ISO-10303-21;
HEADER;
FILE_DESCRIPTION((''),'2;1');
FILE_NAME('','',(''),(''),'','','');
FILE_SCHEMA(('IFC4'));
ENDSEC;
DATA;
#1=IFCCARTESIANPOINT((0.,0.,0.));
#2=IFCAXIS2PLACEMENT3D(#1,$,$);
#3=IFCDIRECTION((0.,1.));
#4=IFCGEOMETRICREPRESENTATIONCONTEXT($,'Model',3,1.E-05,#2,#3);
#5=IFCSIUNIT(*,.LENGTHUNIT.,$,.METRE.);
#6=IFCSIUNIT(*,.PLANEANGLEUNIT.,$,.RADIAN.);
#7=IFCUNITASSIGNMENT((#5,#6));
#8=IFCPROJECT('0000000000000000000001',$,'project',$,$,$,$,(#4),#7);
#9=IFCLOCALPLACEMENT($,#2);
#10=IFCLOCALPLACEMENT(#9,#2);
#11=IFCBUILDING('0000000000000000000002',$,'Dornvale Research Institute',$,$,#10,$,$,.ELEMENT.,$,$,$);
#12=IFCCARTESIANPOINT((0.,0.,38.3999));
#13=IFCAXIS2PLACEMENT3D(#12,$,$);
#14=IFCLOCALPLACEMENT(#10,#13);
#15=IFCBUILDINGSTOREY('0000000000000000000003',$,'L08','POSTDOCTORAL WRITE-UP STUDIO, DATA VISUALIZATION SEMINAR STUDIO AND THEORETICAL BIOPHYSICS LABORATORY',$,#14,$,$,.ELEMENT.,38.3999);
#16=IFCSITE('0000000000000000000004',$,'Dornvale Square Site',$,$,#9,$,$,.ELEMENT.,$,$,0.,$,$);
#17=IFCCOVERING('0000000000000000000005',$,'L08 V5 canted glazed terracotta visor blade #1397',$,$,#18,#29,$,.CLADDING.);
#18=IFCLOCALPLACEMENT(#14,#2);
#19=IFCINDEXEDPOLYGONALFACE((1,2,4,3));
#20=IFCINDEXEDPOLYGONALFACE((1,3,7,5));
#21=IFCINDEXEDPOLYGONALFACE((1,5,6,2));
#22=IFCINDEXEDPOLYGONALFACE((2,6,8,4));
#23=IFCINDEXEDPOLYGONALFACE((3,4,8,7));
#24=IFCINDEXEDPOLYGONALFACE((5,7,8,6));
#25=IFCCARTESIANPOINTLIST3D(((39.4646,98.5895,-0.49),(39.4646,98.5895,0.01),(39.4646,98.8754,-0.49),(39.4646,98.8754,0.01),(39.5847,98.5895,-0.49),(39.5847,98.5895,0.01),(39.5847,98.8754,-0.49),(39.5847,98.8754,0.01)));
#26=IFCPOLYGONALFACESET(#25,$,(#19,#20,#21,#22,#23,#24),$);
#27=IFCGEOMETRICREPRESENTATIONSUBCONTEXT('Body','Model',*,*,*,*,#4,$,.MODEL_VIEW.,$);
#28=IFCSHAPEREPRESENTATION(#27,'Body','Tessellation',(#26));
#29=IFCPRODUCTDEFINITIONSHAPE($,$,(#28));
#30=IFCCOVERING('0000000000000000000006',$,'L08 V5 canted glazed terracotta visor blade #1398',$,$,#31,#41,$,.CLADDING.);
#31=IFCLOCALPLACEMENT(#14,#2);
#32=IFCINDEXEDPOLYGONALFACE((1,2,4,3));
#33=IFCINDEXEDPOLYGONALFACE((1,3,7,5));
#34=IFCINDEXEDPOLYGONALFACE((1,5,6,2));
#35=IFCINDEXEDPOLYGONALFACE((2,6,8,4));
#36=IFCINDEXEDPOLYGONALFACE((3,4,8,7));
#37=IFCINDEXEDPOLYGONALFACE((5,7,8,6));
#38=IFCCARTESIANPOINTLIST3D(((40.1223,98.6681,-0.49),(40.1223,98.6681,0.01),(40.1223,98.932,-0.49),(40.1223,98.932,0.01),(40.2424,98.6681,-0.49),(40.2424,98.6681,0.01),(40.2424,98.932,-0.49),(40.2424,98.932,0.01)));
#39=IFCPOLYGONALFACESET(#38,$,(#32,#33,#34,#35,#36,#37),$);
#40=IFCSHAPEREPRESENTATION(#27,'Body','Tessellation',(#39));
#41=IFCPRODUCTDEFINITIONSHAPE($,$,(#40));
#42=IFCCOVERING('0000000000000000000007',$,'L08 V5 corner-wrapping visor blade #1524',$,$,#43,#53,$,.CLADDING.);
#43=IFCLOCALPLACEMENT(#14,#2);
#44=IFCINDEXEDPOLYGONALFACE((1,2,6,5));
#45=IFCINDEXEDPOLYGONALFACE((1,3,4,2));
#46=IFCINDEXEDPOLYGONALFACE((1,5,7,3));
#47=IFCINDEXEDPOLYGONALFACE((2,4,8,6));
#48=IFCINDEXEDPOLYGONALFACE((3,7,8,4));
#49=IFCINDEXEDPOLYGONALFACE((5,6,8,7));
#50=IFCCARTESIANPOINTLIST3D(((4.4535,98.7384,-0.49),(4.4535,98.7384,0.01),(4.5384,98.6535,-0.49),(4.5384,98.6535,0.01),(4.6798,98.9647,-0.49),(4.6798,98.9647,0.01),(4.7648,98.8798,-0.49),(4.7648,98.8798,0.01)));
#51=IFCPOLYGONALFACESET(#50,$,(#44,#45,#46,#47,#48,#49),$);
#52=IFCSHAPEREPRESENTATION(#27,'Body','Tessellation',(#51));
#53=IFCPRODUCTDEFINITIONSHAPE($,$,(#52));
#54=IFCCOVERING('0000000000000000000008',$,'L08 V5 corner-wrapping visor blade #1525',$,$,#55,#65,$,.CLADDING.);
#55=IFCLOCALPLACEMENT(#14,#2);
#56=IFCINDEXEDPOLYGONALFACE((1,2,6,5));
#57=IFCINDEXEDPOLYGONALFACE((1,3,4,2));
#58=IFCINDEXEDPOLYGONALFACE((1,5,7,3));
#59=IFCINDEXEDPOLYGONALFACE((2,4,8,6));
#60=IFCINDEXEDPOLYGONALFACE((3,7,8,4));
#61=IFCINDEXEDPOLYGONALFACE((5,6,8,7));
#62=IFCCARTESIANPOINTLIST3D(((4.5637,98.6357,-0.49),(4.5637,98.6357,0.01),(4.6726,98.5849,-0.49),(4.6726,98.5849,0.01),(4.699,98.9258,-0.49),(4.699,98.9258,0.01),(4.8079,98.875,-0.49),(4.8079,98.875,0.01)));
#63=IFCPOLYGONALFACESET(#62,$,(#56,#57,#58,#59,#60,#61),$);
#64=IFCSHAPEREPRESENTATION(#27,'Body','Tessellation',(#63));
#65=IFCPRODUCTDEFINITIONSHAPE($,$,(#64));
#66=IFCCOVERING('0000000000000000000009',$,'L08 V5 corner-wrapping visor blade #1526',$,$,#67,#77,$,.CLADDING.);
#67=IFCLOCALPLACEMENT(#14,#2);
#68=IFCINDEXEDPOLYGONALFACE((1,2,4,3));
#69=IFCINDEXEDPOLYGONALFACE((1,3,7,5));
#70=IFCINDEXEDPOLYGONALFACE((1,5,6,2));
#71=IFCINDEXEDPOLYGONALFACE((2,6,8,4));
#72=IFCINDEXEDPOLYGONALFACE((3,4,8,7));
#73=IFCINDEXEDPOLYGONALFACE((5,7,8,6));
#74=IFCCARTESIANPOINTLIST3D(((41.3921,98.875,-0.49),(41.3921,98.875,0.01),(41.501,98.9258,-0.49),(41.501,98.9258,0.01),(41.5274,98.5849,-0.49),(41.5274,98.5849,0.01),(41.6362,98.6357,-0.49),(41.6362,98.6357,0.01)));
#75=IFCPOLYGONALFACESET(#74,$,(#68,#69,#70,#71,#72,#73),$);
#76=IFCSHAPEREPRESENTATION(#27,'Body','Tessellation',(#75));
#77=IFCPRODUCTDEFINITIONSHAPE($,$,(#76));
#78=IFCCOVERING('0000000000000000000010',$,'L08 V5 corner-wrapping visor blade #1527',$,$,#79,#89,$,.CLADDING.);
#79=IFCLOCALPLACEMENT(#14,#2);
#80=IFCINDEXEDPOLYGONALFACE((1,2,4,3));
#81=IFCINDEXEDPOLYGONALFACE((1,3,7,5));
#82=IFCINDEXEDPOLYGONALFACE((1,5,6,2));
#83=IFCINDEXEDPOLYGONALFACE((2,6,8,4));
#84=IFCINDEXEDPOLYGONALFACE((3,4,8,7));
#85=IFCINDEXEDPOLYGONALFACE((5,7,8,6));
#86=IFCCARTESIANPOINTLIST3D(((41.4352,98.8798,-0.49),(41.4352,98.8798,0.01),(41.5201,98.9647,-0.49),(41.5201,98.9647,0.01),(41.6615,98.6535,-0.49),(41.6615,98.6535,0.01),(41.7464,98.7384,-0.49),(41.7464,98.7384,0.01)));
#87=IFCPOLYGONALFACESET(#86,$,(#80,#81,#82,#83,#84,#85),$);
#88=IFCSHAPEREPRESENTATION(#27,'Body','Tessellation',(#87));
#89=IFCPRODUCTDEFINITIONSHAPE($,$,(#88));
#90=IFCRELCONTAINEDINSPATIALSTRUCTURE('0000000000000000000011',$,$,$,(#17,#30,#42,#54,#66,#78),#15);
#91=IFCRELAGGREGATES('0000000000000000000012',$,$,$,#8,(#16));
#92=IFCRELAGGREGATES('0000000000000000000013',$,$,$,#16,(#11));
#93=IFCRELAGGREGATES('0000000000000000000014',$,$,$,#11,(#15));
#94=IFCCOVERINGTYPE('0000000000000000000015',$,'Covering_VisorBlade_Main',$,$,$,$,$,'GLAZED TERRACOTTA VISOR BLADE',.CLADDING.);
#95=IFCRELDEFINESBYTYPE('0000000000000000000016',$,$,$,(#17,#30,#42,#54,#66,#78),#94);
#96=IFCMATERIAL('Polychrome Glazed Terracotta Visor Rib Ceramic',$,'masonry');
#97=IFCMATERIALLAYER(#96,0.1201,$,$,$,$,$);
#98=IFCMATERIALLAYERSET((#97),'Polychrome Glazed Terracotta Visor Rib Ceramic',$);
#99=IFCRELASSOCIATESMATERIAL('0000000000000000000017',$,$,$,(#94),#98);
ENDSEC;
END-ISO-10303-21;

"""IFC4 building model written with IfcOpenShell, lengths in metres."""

from ifc_helpers import new_model, si_unit, direction, frame, origin, origin_2d, place, context, subcontext, project, spatial, rectangle, extrude, material, layer, layer_set, type_object, element, save


model = new_model("IFC4")

# Units and contexts
model_context = context("Model", 3, precision=1e-05, world=origin(), true_north=direction((0.0, 1.0)))
body_context = subcontext(model_context, "Body", "Model", "MODEL_VIEW")
ifc_project = project(units=[si_unit("LENGTHUNIT", "METRE"), si_unit("PLANEANGLEUNIT", "RADIAN")], contexts=[model_context])

# Site, building, storey
site_placement = place(None, origin())
site = spatial("IfcSite", under=ifc_project, at=site_placement, Name="Dornvale Square Site", CompositionType="ELEMENT", RefElevation=0.0)
building_placement = place(site_placement, origin())
building = spatial("IfcBuilding", under=site, at=building_placement, Name="Dornvale Research Institute", CompositionType="ELEMENT")
storey_placement = place(building_placement, frame((0.0, 0.0, 38.3999)))
storey = spatial("IfcBuildingStorey", under=building, at=storey_placement, Name="L08", Description="POSTDOCTORAL WRITE-UP STUDIO, DATA VISUALIZATION SEMINAR STUDIO AND THEORETICAL BIOPHYSICS LABORATORY", CompositionType="ELEMENT", Elevation=38.3999)

# Coverings
ifc_material = material(Name="Polychrome Glazed Terracotta Visor Rib Ceramic", Category="masonry")
ifc_layer = layer(ifc_material, 0.1201)
ifc_layer_set = layer_set([ifc_layer], Name="Polychrome Glazed Terracotta Visor Rib Ceramic")
covering_type = type_object("IfcCoveringType", Name="Covering_VisorBlade_Main", ElementType="GLAZED TERRACOTTA VISOR BLADE", PredefinedType="CLADDING", material=ifc_layer_set)
covering_1_placement = place(storey_placement, frame((39.5247, 98.7324, -0.49), z_axis=(0.0, 0.0, 1.0), x_axis=(0.0, 1.0, 0.0)))
element("IfcCovering", 1, at=covering_1_placement, inside=storey, type_object=covering_type, Name="L08 V5 canted glazed terracotta visor blade #1397", PredefinedType="CLADDING", context=body_context, shape_type="SweptSolid", body=[
    extrude(rectangle(XDim=0.2859, YDim=0.1201, at=origin_2d()), origin(), (0.0, 0.0, 1.0), 0.5),
])
covering_2_placement = place(storey_placement, frame((40.1824, 98.8, -0.49), z_axis=(0.0, 0.0, 1.0), x_axis=(0.0, 1.0, 0.0)))
element("IfcCovering", 2, at=covering_2_placement, inside=storey, type_object=covering_type, Name="L08 V5 canted glazed terracotta visor blade #1398", PredefinedType="CLADDING", context=body_context, shape_type="SweptSolid", body=[
    extrude(rectangle(XDim=0.2639, YDim=0.1201, at=origin_2d()), origin(), (0.0, 0.0, 1.0), 0.5),
])
for number, where, z_axis, x_axis, name in (
    (3, (4.6091, 98.8091, -0.49), (0.0, 0.0, 1.0), (-0.707107, -0.707107, 0.0), "L08 V5 corner-wrapping visor blade #1524"),
    (4, (4.6858, 98.7554, -0.49), (0.0, 0.0, 1.0), (-0.422618, -0.906308, 0.0), "L08 V5 corner-wrapping visor blade #1525"),
    (5, (41.5142, 98.7554, -0.49), (0.0, 0.0, 1.0), (0.422618, -0.906308, 0.0), "L08 V5 corner-wrapping visor blade #1526"),
    (6, (41.5908, 98.8091, -0.49), (0.0, 0.0, 1.0), (0.707107, -0.707107, 0.0), "L08 V5 corner-wrapping visor blade #1527"),
):
    element("IfcCovering", number, at=place(storey_placement, frame(where, z_axis=z_axis, x_axis=x_axis)), inside=storey, type_object=covering_type, Name=name, PredefinedType="CLADDING", context=body_context, shape_type="SweptSolid", body=[
        extrude(rectangle(XDim=0.3201, YDim=0.1201, at=origin_2d()), origin(), (0.0, 0.0, 1.0), 0.5),
    ])

save(model, "model.ifc")
